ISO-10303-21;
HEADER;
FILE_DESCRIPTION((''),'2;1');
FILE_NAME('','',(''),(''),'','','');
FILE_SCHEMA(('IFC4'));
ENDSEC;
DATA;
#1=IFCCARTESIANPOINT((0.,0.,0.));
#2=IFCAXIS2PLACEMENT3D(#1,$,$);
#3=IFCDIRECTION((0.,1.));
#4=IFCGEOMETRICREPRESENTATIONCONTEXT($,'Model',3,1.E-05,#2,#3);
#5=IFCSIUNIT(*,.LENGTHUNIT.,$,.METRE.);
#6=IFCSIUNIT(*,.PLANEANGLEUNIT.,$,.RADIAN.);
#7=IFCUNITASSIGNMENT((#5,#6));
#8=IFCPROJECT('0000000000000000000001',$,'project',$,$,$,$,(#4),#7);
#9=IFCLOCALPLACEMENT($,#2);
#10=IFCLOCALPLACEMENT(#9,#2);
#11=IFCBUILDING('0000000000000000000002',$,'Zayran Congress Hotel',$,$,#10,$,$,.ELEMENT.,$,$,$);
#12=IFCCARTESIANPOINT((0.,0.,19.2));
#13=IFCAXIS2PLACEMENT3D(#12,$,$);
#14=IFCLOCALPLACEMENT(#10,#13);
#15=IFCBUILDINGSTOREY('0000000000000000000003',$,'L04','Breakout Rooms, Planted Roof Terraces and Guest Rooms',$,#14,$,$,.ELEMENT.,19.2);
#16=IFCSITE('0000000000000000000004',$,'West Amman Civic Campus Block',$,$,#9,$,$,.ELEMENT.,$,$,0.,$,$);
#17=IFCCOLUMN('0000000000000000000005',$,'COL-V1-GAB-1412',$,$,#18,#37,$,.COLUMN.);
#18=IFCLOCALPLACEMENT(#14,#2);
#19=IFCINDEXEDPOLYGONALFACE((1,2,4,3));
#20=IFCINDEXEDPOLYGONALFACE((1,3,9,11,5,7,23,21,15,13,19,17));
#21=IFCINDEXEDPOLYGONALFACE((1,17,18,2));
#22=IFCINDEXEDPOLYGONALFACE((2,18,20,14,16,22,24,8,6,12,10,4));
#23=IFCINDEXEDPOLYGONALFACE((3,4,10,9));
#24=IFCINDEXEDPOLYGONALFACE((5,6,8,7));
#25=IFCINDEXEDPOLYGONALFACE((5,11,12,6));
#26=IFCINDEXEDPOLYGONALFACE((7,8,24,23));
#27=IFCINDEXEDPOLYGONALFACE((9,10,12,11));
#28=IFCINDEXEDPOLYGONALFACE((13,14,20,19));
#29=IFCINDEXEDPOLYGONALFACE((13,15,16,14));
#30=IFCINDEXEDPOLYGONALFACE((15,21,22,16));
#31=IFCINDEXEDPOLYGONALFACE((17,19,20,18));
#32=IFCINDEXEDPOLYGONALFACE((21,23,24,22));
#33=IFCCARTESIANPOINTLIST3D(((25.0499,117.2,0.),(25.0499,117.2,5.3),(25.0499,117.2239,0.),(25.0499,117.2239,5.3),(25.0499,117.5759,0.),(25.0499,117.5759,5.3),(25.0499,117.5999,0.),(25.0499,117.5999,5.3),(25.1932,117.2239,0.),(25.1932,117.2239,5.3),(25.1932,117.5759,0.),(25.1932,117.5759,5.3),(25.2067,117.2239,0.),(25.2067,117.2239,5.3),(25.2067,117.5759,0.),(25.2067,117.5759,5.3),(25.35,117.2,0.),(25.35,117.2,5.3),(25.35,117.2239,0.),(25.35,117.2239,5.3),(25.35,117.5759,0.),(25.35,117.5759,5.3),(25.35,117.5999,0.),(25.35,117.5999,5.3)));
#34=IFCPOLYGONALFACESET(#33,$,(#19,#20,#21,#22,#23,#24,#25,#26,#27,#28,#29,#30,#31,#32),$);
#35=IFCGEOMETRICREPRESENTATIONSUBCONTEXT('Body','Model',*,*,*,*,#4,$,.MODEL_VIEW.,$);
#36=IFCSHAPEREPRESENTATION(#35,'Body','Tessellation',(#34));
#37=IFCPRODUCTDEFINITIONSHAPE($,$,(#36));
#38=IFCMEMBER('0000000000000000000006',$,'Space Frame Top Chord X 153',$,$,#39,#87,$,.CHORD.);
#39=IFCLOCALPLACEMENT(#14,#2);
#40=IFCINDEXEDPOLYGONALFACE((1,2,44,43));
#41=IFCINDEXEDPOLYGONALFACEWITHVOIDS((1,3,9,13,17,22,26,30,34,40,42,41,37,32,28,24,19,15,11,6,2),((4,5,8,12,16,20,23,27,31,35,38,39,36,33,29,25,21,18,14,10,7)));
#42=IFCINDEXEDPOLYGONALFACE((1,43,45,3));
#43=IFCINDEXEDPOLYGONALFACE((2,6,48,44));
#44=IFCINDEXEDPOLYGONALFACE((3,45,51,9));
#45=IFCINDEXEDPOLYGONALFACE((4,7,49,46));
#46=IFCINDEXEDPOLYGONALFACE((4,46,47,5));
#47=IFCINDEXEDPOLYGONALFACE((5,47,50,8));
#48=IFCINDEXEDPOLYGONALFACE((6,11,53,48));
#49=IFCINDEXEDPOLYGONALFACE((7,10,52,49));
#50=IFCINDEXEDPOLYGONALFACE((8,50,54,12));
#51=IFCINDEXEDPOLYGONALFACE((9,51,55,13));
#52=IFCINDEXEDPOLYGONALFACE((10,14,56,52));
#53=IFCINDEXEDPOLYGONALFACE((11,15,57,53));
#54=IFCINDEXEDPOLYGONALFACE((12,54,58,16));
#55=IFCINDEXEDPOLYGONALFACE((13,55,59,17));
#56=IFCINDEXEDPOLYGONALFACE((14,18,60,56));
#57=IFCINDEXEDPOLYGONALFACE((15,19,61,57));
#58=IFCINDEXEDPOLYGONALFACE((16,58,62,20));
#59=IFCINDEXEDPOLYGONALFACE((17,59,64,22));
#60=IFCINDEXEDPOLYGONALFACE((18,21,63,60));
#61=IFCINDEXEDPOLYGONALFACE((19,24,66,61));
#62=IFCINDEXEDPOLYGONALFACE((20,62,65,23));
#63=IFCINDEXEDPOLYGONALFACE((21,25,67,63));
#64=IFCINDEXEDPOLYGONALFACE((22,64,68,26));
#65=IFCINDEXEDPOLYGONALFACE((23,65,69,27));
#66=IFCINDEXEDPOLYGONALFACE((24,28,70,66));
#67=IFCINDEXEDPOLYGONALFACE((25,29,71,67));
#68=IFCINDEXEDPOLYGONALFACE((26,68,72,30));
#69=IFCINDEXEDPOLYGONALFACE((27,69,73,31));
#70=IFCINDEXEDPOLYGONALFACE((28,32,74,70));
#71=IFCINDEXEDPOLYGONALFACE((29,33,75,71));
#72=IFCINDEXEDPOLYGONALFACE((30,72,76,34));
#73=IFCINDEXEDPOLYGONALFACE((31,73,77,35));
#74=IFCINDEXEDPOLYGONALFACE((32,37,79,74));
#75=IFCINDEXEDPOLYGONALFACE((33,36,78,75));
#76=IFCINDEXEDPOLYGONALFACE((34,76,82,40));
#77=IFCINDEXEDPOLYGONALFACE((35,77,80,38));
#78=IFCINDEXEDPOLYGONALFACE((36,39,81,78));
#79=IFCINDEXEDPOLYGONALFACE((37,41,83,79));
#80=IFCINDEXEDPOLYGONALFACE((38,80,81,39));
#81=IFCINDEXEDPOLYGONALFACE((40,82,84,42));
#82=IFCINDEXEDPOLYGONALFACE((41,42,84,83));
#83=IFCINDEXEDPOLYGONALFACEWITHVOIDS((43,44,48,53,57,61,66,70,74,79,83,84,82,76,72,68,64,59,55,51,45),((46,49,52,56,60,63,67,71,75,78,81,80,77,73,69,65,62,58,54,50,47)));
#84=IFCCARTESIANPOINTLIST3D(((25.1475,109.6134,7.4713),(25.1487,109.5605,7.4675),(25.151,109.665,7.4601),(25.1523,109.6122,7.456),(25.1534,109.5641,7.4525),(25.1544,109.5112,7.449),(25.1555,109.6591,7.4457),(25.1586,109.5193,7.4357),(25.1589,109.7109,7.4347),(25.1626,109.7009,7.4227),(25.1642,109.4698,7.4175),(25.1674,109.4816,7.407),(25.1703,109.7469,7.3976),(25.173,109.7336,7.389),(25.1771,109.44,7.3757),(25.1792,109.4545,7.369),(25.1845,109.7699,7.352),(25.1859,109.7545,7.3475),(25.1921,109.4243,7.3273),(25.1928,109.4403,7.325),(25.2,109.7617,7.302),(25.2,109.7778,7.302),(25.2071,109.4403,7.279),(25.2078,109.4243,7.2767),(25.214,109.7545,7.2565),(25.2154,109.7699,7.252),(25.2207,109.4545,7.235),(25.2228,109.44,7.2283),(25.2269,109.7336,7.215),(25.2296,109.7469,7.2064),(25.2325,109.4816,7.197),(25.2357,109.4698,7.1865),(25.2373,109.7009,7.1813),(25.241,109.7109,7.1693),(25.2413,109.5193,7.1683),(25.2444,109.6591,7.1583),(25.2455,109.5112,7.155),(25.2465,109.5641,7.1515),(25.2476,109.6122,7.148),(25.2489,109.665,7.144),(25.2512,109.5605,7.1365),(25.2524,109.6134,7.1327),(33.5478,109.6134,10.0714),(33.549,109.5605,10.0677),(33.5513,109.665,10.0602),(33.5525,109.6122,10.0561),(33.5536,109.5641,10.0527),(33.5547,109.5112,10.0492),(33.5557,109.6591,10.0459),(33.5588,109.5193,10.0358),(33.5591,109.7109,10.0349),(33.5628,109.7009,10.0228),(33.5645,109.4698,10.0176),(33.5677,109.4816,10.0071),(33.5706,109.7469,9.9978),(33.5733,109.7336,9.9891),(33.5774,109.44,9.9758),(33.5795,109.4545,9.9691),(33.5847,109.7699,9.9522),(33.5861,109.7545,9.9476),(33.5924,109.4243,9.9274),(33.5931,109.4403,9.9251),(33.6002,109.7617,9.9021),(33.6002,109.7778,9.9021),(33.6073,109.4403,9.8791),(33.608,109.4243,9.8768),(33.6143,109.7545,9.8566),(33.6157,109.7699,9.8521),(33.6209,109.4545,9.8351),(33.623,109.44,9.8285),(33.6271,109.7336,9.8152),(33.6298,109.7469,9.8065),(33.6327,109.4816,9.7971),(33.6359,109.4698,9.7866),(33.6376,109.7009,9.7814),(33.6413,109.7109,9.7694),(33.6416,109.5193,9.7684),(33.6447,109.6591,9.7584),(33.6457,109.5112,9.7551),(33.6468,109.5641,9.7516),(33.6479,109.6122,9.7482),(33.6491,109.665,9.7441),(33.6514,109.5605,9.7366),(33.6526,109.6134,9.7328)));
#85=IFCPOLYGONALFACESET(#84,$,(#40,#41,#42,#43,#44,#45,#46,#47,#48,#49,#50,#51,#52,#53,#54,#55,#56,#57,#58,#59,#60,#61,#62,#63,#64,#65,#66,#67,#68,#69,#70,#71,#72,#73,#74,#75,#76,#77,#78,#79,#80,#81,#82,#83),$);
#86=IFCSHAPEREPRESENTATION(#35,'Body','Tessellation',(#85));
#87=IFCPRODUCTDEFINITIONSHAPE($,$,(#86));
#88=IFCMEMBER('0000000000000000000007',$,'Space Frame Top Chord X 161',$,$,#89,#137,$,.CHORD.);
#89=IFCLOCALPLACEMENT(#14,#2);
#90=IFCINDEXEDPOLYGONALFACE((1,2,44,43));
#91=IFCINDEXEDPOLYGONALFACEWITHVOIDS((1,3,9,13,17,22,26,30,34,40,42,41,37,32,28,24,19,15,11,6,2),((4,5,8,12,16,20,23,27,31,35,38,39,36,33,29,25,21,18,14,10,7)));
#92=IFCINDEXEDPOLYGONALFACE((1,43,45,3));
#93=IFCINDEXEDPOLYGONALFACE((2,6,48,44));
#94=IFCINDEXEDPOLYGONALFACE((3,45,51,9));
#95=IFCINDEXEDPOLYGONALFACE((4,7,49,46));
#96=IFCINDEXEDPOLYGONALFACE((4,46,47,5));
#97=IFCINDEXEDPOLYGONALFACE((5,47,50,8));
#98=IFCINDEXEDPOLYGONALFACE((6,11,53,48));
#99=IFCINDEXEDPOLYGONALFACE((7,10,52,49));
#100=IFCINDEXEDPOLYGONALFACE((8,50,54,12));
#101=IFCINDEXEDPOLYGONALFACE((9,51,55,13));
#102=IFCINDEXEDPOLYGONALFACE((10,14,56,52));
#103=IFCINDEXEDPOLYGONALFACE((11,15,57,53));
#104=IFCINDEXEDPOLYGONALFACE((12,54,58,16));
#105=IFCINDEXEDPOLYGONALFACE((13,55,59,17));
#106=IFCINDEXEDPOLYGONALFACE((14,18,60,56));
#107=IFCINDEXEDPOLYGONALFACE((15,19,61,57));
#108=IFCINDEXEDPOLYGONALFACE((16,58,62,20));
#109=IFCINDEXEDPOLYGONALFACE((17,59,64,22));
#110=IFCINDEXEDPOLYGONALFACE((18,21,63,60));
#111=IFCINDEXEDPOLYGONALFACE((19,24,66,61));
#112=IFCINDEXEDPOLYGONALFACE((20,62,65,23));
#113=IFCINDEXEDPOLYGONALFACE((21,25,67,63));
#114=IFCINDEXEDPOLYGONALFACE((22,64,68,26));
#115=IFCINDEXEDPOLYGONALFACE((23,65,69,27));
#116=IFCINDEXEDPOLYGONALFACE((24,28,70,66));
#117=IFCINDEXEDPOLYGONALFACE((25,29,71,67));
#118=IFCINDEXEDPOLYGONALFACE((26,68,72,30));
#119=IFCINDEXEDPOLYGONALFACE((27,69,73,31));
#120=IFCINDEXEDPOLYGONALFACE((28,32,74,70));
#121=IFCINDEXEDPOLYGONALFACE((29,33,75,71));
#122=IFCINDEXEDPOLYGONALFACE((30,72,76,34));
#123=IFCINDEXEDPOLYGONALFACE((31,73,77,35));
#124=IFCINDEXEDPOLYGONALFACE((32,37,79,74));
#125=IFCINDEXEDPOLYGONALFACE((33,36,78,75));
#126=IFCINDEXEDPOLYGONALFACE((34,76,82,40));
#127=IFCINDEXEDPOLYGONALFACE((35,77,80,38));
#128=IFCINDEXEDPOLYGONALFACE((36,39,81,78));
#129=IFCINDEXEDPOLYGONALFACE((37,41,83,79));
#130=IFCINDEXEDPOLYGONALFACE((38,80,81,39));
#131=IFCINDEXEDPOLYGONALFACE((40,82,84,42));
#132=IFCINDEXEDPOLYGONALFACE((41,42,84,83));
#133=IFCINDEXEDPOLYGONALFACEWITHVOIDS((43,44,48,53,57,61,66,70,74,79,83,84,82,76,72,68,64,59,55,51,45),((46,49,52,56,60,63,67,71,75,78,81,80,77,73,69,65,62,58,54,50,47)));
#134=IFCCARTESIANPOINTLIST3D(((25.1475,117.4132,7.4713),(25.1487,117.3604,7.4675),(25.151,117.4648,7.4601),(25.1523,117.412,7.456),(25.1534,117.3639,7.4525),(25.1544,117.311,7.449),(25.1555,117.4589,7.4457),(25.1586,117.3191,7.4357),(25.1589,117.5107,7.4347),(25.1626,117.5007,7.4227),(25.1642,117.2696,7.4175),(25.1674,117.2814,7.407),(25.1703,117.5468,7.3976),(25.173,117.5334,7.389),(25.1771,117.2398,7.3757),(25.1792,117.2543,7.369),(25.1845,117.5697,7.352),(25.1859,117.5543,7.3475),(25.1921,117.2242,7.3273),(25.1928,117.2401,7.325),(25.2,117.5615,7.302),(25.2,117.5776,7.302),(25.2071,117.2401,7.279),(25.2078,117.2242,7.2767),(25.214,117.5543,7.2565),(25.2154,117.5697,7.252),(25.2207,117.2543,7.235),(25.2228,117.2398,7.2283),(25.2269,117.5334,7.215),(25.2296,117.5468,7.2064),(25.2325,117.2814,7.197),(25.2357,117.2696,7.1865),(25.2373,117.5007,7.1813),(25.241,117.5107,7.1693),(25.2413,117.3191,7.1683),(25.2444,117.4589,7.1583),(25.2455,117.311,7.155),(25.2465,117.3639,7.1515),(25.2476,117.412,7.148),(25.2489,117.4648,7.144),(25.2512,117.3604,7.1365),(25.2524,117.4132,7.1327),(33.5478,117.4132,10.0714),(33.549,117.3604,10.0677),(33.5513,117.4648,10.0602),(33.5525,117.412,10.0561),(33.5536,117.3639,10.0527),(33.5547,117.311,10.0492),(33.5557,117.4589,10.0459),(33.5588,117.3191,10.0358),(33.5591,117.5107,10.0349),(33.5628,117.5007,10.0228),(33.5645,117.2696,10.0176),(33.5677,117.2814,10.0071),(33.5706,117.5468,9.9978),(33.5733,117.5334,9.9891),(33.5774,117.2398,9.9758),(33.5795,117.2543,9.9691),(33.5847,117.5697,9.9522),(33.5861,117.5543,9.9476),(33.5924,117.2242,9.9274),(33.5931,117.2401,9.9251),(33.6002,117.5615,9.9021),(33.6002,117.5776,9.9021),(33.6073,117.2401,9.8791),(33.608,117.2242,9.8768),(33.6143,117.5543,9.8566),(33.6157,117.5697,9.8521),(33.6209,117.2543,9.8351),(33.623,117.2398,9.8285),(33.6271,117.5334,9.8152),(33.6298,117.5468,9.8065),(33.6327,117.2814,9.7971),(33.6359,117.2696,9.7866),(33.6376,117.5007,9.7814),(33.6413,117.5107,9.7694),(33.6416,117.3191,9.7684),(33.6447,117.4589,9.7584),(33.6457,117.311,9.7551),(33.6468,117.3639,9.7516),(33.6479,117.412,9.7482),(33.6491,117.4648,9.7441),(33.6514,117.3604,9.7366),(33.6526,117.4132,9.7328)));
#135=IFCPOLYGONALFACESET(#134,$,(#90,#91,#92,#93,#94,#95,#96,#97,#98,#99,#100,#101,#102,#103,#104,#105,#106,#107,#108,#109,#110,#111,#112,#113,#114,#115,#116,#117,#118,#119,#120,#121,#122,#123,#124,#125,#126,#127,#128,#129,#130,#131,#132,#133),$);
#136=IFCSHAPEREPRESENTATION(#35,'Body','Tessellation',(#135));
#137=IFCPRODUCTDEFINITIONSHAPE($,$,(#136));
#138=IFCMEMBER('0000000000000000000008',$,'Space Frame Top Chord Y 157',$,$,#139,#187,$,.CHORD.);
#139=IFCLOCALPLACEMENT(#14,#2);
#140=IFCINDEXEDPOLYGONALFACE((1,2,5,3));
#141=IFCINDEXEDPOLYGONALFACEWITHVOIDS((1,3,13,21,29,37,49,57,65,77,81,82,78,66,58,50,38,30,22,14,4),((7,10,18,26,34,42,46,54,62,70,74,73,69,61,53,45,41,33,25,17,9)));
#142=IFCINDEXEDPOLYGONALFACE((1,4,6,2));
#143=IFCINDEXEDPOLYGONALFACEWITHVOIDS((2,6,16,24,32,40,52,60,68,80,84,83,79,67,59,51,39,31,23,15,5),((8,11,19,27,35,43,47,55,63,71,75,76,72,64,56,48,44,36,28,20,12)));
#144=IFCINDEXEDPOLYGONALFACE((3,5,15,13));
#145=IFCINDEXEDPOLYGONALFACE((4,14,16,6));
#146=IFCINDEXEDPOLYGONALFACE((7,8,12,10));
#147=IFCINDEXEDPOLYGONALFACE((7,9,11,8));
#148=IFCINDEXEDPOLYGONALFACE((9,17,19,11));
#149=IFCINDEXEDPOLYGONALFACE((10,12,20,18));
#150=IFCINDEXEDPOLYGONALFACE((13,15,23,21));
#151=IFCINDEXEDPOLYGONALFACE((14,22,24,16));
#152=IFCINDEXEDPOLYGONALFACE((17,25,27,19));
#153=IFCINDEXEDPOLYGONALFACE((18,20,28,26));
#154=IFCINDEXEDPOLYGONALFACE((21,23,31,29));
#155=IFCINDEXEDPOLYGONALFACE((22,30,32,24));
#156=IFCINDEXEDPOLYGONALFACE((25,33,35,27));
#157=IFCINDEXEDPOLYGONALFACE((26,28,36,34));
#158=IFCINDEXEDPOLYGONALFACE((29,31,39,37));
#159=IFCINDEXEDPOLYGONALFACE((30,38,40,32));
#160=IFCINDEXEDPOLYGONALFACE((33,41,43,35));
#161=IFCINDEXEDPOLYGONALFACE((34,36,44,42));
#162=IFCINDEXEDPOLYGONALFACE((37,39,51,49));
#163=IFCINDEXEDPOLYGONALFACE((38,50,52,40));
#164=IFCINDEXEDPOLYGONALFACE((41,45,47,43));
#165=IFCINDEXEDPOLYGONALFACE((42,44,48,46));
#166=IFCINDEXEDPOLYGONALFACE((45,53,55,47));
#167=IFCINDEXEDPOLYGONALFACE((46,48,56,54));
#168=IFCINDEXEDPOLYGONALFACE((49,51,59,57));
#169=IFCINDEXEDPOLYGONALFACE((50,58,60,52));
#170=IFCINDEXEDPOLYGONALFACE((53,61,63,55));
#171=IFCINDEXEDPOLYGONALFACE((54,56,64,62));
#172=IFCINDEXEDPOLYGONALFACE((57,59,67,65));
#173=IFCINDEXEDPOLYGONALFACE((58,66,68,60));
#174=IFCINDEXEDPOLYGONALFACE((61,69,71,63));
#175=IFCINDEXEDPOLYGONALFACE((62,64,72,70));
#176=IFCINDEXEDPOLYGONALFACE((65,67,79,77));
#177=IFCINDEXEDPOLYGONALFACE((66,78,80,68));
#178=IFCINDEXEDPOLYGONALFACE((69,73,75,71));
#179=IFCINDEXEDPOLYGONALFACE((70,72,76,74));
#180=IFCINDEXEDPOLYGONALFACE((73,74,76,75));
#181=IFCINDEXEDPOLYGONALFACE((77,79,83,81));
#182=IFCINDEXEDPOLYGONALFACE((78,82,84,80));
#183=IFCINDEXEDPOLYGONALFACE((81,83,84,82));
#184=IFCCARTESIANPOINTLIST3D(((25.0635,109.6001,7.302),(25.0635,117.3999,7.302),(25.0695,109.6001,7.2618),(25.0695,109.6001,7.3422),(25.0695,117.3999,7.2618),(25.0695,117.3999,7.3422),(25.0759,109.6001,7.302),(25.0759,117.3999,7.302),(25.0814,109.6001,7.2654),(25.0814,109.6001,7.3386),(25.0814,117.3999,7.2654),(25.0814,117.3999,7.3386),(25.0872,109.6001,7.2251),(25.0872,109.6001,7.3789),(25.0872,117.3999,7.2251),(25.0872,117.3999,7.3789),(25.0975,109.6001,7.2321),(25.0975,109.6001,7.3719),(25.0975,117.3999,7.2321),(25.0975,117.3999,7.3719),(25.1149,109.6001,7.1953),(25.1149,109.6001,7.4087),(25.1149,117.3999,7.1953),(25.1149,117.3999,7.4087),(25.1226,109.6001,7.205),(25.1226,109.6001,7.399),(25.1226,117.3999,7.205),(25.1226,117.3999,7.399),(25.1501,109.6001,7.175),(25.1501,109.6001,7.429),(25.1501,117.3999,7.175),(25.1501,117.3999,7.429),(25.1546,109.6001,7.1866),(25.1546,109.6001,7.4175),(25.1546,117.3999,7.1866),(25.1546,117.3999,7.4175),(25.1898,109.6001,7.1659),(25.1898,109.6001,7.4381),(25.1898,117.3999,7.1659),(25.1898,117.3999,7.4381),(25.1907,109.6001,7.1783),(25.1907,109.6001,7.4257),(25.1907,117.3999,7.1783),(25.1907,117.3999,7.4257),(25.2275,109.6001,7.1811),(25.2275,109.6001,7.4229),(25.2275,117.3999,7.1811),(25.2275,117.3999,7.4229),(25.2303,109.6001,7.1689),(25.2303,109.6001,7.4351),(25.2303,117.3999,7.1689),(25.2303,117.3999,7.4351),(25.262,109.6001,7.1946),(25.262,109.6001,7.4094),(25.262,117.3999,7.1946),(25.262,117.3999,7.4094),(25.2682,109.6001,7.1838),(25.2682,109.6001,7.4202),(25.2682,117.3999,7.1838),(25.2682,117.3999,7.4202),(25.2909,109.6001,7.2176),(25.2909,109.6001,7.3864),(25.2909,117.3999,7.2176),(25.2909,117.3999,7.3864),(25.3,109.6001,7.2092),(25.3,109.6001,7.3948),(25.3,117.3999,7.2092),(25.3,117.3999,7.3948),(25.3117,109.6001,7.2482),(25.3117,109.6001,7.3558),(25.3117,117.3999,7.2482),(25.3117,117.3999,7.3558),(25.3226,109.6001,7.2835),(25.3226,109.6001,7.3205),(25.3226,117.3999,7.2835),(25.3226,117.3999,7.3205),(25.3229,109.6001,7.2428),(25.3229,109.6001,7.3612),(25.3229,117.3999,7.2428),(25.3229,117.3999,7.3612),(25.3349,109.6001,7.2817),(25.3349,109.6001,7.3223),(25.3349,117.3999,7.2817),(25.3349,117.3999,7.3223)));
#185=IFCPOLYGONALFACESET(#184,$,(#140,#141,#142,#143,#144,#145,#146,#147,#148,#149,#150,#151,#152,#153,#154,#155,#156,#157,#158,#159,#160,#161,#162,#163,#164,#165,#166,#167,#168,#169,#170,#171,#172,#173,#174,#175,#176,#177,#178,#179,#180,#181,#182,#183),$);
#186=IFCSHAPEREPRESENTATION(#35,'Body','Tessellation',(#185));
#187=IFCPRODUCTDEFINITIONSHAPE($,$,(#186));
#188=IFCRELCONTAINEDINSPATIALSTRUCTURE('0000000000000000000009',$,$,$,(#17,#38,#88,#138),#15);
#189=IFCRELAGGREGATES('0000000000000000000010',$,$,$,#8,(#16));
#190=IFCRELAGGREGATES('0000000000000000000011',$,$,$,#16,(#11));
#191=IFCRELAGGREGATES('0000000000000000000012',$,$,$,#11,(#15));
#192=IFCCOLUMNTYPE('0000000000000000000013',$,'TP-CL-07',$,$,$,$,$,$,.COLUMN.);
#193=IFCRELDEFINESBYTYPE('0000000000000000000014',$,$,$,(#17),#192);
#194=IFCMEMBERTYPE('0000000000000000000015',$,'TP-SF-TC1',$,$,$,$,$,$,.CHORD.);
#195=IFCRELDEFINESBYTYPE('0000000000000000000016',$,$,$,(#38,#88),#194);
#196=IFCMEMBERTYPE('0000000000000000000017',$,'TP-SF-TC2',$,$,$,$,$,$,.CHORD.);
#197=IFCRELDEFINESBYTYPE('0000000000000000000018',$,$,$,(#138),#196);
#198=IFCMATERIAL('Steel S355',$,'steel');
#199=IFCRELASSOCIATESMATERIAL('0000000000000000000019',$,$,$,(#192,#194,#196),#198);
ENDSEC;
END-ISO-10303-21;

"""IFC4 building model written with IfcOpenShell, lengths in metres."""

from ifc_helpers import new_model, si_unit, direction, frame, origin, origin_2d, place, context, subcontext, project, spatial, hollow_circle, i_section, extrude, material, material_profile, profile_set, type_object, element, save


model = new_model("IFC4")

# Units and contexts
model_context = context("Model", 3, precision=1e-05, world=origin(), true_north=direction((0.0, 1.0)))
body_context = subcontext(model_context, "Body", "Model", "MODEL_VIEW")
ifc_project = project(units=[si_unit("LENGTHUNIT", "METRE"), si_unit("PLANEANGLEUNIT", "RADIAN")], contexts=[model_context])

# Site, building, storey
site_placement = place(None, origin())
site = spatial("IfcSite", under=ifc_project, at=site_placement, Name="West Amman Civic Campus Block", CompositionType="ELEMENT", RefElevation=0.0)
building_placement = place(site_placement, origin())
building = spatial("IfcBuilding", under=site, at=building_placement, Name="Zayran Congress Hotel", CompositionType="ELEMENT")
storey_placement = place(building_placement, frame((0.0, 0.0, 19.2)))
storey = spatial("IfcBuildingStorey", under=building, at=storey_placement, Name="L04", Description="Breakout Rooms, Planted Roof Terraces and Guest Rooms", CompositionType="ELEMENT", Elevation=19.2)

# Column
ifc_material_1 = material(Name="Steel S355", Category="steel")
ifc_material_profile_1 = material_profile(ifc_material_1, i_section(OverallWidth=0.3, OverallDepth=0.3999, WebThickness=0.0134, FlangeThickness=0.0239, at=origin_2d()), Name="HEB 400")
ifc_profile_set_1 = profile_set([ifc_material_profile_1], Name="Steel S355")
column_type = type_object("IfcColumnType", Name="TP-CL-07", PredefinedType="COLUMN", material=ifc_profile_set_1)
column_placement = place(storey_placement, frame((25.2, 117.3999, 0.0), z_axis=(0.0, 0.0, 1.0), x_axis=(1.0, 0.0, 0.0)))
element("IfcColumn", 1, at=column_placement, inside=storey, type_object=column_type, Name="COL-V1-GAB-1412", PredefinedType="COLUMN", context=body_context, shape_type="SweptSolid", body=[
    extrude(i_section(OverallWidth=0.3, OverallDepth=0.3999, WebThickness=0.0134, FlangeThickness=0.0239, at=origin_2d()), origin(), (0.0, 0.0, 1.0), 5.3),
])

# Members
ifc_material_profile_2 = material_profile(ifc_material_1, hollow_circle(Radius=0.1777, WallThickness=0.0161, at=origin_2d()), Name="CHS 355.6x16")
ifc_profile_set_2 = profile_set([ifc_material_profile_2], Name="Steel S355")
member_type_1 = type_object("IfcMemberType", Name="TP-SF-TC1", PredefinedType="CHORD", material=ifc_profile_set_2)
for number, where, z_axis, x_axis, name in (
    (2, (25.2, 109.6001, 7.302), (0.955284, 0.0, 0.295689), (0.0, 1.0, 0.0), "Space Frame Top Chord X 153"),
    (3, (25.2, 117.3999, 7.302), (0.955284, 0.0, 0.295689), (0.0, 1.0, 0.0), "Space Frame Top Chord X 161"),
):
    element("IfcMember", number, at=place(storey_placement, frame(where, z_axis=z_axis, x_axis=x_axis)), inside=storey, type_object=member_type_1, Name=name, PredefinedType="CHORD", context=body_context, shape_type="SweptSolid", body=[
        extrude(hollow_circle(Radius=0.1777, WallThickness=0.0161, at=origin_2d()), origin(), (0.0, 0.0, 1.0), 8.7935),
    ])
ifc_material_profile_3 = material_profile(ifc_material_1, hollow_circle(Radius=0.1365, WallThickness=0.0125, at=origin_2d()), Name="CHS 273x12.5")
ifc_profile_set_3 = profile_set([ifc_material_profile_3], Name="Steel S355")
member_type_2 = type_object("IfcMemberType", Name="TP-SF-TC2", PredefinedType="CHORD", material=ifc_profile_set_3)
member_1_placement = place(storey_placement, frame((25.2, 109.6001, 7.302), z_axis=(0.0, 1.0, 0.0), x_axis=(-1.0, 0.0, 0.0)))
element("IfcMember", 4, at=member_1_placement, inside=storey, type_object=member_type_2, Name="Space Frame Top Chord Y 157", PredefinedType="CHORD", context=body_context, shape_type="SweptSolid", body=[
    extrude(hollow_circle(Radius=0.1365, WallThickness=0.0125, at=origin_2d()), origin(), (0.0, 0.0, 1.0), 7.7998),
])

save(model, "model.ifc")
